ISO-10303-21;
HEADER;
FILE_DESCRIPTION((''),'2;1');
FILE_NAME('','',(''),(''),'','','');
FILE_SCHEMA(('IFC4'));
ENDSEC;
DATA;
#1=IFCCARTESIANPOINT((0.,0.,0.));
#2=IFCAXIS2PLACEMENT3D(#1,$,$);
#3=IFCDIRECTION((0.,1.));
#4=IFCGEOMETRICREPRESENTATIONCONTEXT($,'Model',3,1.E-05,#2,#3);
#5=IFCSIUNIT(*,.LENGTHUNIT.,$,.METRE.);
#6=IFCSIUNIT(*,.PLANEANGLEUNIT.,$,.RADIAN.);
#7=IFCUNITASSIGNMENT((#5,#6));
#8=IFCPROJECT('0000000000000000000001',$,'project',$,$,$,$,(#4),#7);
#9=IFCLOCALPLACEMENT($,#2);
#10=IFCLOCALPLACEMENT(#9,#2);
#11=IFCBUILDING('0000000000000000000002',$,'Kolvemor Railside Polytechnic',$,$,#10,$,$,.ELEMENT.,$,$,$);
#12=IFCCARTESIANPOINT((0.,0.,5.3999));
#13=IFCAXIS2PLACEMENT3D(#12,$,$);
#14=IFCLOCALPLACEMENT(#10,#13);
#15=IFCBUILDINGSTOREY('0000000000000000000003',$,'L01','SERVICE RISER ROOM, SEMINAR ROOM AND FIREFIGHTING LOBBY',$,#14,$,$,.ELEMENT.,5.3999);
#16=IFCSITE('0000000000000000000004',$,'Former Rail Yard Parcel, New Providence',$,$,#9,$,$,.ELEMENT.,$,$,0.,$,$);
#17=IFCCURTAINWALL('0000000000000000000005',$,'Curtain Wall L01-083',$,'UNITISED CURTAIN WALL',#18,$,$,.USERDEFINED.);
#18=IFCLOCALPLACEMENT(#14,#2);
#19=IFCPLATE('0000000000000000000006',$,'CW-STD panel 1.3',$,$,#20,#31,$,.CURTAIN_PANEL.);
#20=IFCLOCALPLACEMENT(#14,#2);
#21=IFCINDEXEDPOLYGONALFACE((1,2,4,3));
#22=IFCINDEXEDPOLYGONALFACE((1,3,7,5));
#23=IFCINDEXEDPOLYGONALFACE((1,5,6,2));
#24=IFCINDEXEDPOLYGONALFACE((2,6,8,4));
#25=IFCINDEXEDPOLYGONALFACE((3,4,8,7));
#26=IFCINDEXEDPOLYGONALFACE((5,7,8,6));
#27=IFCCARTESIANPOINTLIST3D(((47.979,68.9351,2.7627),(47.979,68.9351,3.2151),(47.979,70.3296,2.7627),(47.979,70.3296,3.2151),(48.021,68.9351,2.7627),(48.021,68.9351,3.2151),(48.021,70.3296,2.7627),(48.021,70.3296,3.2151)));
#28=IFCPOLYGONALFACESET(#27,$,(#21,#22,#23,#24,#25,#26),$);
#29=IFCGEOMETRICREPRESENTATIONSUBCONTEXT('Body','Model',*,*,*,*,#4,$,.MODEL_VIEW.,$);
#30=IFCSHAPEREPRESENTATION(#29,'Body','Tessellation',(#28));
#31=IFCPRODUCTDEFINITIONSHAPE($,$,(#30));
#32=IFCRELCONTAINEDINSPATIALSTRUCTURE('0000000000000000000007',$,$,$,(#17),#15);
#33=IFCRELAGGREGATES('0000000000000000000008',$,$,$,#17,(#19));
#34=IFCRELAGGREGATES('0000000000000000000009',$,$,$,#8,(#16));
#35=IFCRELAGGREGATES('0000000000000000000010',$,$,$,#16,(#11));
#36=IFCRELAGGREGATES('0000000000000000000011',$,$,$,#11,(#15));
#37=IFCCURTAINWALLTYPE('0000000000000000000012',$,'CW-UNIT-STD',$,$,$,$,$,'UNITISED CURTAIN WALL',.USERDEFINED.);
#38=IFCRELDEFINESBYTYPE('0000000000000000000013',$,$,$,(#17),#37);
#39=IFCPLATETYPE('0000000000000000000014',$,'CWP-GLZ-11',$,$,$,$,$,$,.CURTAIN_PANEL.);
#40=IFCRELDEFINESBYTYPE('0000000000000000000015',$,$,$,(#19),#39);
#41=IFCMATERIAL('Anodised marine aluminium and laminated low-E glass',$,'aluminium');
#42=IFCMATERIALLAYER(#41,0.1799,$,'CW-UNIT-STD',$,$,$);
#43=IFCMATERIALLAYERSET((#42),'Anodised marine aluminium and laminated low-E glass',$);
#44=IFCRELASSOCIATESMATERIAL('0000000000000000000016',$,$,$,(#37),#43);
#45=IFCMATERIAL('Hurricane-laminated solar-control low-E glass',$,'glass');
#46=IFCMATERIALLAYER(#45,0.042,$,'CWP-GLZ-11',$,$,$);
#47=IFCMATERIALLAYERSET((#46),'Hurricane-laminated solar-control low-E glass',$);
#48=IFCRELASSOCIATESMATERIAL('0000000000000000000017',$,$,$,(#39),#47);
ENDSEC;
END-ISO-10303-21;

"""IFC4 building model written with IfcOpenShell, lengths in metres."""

from ifc_helpers import new_model, si_unit, direction, frame, origin, origin_2d, place, context, subcontext, project, spatial, rectangle, extrude, material, layer, layer_set, type_object, element, aggregate, save


model = new_model("IFC4")

# Units and contexts
model_context = context("Model", 3, precision=1e-05, world=origin(), true_north=direction((0.0, 1.0)))
body_context = subcontext(model_context, "Body", "Model", "MODEL_VIEW")
ifc_project = project(units=[si_unit("LENGTHUNIT", "METRE"), si_unit("PLANEANGLEUNIT", "RADIAN")], contexts=[model_context])

# Site, building, storey
site_placement = place(None, origin())
site = spatial("IfcSite", under=ifc_project, at=site_placement, Name="Former Rail Yard Parcel, New Providence", CompositionType="ELEMENT", RefElevation=0.0)
building_placement = place(site_placement, origin())
building = spatial("IfcBuilding", under=site, at=building_placement, Name="Kolvemor Railside Polytechnic", CompositionType="ELEMENT")
storey_placement = place(building_placement, frame((0.0, 0.0, 5.3999)))
storey = spatial("IfcBuildingStorey", under=building, at=storey_placement, Name="L01", Description="SERVICE RISER ROOM, SEMINAR ROOM AND FIREFIGHTING LOBBY", CompositionType="ELEMENT", Elevation=5.3999)

# Curtain wall
ifc_material_1 = material(Name="Anodised marine aluminium and laminated low-E glass", Category="aluminium")
ifc_layer_1 = layer(ifc_material_1, 0.1799, Name="CW-UNIT-STD")
ifc_layer_set_1 = layer_set([ifc_layer_1], Name="Anodised marine aluminium and laminated low-E glass")
curtain_wall_type = type_object("IfcCurtainWallType", Name="CW-UNIT-STD", ElementType="UNITISED CURTAIN WALL", PredefinedType="USERDEFINED", material=ifc_layer_set_1)
curtain_wall_1_placement = place(storey_placement, origin())
curtain_wall_1 = element("IfcCurtainWall", 1, at=curtain_wall_1_placement, inside=storey, type_object=curtain_wall_type, Name="Curtain Wall L01-083", ObjectType="UNITISED CURTAIN WALL", PredefinedType="USERDEFINED")

# Plate
ifc_material_2 = material(Name="Hurricane-laminated solar-control low-E glass", Category="glass")
ifc_layer_2 = layer(ifc_material_2, 0.042, Name="CWP-GLZ-11")
ifc_layer_set_2 = layer_set([ifc_layer_2], Name="Hurricane-laminated solar-control low-E glass")
plate_type_1 = type_object("IfcPlateType", Name="CWP-GLZ-11", PredefinedType="CURTAIN_PANEL", material=ifc_layer_set_2)
plate_1_placement = place(storey_placement, frame((48.0, 69.6323, 2.7627), z_axis=(0.0, 0.0, 1.0), x_axis=(0.0, 1.0, 0.0)))
plate_1 = element("IfcPlate", 2, at=plate_1_placement, type_object=plate_type_1, Name="CW-STD panel 1.3", PredefinedType="CURTAIN_PANEL", context=body_context, shape_type="SweptSolid", body=[
    extrude(rectangle(XDim=1.3945, YDim=0.042, at=origin_2d()), origin(), (0.0, 0.0, 1.0), 0.4524),
])
aggregate(curtain_wall_1, [plate_1])

save(model, "model.ifc")
